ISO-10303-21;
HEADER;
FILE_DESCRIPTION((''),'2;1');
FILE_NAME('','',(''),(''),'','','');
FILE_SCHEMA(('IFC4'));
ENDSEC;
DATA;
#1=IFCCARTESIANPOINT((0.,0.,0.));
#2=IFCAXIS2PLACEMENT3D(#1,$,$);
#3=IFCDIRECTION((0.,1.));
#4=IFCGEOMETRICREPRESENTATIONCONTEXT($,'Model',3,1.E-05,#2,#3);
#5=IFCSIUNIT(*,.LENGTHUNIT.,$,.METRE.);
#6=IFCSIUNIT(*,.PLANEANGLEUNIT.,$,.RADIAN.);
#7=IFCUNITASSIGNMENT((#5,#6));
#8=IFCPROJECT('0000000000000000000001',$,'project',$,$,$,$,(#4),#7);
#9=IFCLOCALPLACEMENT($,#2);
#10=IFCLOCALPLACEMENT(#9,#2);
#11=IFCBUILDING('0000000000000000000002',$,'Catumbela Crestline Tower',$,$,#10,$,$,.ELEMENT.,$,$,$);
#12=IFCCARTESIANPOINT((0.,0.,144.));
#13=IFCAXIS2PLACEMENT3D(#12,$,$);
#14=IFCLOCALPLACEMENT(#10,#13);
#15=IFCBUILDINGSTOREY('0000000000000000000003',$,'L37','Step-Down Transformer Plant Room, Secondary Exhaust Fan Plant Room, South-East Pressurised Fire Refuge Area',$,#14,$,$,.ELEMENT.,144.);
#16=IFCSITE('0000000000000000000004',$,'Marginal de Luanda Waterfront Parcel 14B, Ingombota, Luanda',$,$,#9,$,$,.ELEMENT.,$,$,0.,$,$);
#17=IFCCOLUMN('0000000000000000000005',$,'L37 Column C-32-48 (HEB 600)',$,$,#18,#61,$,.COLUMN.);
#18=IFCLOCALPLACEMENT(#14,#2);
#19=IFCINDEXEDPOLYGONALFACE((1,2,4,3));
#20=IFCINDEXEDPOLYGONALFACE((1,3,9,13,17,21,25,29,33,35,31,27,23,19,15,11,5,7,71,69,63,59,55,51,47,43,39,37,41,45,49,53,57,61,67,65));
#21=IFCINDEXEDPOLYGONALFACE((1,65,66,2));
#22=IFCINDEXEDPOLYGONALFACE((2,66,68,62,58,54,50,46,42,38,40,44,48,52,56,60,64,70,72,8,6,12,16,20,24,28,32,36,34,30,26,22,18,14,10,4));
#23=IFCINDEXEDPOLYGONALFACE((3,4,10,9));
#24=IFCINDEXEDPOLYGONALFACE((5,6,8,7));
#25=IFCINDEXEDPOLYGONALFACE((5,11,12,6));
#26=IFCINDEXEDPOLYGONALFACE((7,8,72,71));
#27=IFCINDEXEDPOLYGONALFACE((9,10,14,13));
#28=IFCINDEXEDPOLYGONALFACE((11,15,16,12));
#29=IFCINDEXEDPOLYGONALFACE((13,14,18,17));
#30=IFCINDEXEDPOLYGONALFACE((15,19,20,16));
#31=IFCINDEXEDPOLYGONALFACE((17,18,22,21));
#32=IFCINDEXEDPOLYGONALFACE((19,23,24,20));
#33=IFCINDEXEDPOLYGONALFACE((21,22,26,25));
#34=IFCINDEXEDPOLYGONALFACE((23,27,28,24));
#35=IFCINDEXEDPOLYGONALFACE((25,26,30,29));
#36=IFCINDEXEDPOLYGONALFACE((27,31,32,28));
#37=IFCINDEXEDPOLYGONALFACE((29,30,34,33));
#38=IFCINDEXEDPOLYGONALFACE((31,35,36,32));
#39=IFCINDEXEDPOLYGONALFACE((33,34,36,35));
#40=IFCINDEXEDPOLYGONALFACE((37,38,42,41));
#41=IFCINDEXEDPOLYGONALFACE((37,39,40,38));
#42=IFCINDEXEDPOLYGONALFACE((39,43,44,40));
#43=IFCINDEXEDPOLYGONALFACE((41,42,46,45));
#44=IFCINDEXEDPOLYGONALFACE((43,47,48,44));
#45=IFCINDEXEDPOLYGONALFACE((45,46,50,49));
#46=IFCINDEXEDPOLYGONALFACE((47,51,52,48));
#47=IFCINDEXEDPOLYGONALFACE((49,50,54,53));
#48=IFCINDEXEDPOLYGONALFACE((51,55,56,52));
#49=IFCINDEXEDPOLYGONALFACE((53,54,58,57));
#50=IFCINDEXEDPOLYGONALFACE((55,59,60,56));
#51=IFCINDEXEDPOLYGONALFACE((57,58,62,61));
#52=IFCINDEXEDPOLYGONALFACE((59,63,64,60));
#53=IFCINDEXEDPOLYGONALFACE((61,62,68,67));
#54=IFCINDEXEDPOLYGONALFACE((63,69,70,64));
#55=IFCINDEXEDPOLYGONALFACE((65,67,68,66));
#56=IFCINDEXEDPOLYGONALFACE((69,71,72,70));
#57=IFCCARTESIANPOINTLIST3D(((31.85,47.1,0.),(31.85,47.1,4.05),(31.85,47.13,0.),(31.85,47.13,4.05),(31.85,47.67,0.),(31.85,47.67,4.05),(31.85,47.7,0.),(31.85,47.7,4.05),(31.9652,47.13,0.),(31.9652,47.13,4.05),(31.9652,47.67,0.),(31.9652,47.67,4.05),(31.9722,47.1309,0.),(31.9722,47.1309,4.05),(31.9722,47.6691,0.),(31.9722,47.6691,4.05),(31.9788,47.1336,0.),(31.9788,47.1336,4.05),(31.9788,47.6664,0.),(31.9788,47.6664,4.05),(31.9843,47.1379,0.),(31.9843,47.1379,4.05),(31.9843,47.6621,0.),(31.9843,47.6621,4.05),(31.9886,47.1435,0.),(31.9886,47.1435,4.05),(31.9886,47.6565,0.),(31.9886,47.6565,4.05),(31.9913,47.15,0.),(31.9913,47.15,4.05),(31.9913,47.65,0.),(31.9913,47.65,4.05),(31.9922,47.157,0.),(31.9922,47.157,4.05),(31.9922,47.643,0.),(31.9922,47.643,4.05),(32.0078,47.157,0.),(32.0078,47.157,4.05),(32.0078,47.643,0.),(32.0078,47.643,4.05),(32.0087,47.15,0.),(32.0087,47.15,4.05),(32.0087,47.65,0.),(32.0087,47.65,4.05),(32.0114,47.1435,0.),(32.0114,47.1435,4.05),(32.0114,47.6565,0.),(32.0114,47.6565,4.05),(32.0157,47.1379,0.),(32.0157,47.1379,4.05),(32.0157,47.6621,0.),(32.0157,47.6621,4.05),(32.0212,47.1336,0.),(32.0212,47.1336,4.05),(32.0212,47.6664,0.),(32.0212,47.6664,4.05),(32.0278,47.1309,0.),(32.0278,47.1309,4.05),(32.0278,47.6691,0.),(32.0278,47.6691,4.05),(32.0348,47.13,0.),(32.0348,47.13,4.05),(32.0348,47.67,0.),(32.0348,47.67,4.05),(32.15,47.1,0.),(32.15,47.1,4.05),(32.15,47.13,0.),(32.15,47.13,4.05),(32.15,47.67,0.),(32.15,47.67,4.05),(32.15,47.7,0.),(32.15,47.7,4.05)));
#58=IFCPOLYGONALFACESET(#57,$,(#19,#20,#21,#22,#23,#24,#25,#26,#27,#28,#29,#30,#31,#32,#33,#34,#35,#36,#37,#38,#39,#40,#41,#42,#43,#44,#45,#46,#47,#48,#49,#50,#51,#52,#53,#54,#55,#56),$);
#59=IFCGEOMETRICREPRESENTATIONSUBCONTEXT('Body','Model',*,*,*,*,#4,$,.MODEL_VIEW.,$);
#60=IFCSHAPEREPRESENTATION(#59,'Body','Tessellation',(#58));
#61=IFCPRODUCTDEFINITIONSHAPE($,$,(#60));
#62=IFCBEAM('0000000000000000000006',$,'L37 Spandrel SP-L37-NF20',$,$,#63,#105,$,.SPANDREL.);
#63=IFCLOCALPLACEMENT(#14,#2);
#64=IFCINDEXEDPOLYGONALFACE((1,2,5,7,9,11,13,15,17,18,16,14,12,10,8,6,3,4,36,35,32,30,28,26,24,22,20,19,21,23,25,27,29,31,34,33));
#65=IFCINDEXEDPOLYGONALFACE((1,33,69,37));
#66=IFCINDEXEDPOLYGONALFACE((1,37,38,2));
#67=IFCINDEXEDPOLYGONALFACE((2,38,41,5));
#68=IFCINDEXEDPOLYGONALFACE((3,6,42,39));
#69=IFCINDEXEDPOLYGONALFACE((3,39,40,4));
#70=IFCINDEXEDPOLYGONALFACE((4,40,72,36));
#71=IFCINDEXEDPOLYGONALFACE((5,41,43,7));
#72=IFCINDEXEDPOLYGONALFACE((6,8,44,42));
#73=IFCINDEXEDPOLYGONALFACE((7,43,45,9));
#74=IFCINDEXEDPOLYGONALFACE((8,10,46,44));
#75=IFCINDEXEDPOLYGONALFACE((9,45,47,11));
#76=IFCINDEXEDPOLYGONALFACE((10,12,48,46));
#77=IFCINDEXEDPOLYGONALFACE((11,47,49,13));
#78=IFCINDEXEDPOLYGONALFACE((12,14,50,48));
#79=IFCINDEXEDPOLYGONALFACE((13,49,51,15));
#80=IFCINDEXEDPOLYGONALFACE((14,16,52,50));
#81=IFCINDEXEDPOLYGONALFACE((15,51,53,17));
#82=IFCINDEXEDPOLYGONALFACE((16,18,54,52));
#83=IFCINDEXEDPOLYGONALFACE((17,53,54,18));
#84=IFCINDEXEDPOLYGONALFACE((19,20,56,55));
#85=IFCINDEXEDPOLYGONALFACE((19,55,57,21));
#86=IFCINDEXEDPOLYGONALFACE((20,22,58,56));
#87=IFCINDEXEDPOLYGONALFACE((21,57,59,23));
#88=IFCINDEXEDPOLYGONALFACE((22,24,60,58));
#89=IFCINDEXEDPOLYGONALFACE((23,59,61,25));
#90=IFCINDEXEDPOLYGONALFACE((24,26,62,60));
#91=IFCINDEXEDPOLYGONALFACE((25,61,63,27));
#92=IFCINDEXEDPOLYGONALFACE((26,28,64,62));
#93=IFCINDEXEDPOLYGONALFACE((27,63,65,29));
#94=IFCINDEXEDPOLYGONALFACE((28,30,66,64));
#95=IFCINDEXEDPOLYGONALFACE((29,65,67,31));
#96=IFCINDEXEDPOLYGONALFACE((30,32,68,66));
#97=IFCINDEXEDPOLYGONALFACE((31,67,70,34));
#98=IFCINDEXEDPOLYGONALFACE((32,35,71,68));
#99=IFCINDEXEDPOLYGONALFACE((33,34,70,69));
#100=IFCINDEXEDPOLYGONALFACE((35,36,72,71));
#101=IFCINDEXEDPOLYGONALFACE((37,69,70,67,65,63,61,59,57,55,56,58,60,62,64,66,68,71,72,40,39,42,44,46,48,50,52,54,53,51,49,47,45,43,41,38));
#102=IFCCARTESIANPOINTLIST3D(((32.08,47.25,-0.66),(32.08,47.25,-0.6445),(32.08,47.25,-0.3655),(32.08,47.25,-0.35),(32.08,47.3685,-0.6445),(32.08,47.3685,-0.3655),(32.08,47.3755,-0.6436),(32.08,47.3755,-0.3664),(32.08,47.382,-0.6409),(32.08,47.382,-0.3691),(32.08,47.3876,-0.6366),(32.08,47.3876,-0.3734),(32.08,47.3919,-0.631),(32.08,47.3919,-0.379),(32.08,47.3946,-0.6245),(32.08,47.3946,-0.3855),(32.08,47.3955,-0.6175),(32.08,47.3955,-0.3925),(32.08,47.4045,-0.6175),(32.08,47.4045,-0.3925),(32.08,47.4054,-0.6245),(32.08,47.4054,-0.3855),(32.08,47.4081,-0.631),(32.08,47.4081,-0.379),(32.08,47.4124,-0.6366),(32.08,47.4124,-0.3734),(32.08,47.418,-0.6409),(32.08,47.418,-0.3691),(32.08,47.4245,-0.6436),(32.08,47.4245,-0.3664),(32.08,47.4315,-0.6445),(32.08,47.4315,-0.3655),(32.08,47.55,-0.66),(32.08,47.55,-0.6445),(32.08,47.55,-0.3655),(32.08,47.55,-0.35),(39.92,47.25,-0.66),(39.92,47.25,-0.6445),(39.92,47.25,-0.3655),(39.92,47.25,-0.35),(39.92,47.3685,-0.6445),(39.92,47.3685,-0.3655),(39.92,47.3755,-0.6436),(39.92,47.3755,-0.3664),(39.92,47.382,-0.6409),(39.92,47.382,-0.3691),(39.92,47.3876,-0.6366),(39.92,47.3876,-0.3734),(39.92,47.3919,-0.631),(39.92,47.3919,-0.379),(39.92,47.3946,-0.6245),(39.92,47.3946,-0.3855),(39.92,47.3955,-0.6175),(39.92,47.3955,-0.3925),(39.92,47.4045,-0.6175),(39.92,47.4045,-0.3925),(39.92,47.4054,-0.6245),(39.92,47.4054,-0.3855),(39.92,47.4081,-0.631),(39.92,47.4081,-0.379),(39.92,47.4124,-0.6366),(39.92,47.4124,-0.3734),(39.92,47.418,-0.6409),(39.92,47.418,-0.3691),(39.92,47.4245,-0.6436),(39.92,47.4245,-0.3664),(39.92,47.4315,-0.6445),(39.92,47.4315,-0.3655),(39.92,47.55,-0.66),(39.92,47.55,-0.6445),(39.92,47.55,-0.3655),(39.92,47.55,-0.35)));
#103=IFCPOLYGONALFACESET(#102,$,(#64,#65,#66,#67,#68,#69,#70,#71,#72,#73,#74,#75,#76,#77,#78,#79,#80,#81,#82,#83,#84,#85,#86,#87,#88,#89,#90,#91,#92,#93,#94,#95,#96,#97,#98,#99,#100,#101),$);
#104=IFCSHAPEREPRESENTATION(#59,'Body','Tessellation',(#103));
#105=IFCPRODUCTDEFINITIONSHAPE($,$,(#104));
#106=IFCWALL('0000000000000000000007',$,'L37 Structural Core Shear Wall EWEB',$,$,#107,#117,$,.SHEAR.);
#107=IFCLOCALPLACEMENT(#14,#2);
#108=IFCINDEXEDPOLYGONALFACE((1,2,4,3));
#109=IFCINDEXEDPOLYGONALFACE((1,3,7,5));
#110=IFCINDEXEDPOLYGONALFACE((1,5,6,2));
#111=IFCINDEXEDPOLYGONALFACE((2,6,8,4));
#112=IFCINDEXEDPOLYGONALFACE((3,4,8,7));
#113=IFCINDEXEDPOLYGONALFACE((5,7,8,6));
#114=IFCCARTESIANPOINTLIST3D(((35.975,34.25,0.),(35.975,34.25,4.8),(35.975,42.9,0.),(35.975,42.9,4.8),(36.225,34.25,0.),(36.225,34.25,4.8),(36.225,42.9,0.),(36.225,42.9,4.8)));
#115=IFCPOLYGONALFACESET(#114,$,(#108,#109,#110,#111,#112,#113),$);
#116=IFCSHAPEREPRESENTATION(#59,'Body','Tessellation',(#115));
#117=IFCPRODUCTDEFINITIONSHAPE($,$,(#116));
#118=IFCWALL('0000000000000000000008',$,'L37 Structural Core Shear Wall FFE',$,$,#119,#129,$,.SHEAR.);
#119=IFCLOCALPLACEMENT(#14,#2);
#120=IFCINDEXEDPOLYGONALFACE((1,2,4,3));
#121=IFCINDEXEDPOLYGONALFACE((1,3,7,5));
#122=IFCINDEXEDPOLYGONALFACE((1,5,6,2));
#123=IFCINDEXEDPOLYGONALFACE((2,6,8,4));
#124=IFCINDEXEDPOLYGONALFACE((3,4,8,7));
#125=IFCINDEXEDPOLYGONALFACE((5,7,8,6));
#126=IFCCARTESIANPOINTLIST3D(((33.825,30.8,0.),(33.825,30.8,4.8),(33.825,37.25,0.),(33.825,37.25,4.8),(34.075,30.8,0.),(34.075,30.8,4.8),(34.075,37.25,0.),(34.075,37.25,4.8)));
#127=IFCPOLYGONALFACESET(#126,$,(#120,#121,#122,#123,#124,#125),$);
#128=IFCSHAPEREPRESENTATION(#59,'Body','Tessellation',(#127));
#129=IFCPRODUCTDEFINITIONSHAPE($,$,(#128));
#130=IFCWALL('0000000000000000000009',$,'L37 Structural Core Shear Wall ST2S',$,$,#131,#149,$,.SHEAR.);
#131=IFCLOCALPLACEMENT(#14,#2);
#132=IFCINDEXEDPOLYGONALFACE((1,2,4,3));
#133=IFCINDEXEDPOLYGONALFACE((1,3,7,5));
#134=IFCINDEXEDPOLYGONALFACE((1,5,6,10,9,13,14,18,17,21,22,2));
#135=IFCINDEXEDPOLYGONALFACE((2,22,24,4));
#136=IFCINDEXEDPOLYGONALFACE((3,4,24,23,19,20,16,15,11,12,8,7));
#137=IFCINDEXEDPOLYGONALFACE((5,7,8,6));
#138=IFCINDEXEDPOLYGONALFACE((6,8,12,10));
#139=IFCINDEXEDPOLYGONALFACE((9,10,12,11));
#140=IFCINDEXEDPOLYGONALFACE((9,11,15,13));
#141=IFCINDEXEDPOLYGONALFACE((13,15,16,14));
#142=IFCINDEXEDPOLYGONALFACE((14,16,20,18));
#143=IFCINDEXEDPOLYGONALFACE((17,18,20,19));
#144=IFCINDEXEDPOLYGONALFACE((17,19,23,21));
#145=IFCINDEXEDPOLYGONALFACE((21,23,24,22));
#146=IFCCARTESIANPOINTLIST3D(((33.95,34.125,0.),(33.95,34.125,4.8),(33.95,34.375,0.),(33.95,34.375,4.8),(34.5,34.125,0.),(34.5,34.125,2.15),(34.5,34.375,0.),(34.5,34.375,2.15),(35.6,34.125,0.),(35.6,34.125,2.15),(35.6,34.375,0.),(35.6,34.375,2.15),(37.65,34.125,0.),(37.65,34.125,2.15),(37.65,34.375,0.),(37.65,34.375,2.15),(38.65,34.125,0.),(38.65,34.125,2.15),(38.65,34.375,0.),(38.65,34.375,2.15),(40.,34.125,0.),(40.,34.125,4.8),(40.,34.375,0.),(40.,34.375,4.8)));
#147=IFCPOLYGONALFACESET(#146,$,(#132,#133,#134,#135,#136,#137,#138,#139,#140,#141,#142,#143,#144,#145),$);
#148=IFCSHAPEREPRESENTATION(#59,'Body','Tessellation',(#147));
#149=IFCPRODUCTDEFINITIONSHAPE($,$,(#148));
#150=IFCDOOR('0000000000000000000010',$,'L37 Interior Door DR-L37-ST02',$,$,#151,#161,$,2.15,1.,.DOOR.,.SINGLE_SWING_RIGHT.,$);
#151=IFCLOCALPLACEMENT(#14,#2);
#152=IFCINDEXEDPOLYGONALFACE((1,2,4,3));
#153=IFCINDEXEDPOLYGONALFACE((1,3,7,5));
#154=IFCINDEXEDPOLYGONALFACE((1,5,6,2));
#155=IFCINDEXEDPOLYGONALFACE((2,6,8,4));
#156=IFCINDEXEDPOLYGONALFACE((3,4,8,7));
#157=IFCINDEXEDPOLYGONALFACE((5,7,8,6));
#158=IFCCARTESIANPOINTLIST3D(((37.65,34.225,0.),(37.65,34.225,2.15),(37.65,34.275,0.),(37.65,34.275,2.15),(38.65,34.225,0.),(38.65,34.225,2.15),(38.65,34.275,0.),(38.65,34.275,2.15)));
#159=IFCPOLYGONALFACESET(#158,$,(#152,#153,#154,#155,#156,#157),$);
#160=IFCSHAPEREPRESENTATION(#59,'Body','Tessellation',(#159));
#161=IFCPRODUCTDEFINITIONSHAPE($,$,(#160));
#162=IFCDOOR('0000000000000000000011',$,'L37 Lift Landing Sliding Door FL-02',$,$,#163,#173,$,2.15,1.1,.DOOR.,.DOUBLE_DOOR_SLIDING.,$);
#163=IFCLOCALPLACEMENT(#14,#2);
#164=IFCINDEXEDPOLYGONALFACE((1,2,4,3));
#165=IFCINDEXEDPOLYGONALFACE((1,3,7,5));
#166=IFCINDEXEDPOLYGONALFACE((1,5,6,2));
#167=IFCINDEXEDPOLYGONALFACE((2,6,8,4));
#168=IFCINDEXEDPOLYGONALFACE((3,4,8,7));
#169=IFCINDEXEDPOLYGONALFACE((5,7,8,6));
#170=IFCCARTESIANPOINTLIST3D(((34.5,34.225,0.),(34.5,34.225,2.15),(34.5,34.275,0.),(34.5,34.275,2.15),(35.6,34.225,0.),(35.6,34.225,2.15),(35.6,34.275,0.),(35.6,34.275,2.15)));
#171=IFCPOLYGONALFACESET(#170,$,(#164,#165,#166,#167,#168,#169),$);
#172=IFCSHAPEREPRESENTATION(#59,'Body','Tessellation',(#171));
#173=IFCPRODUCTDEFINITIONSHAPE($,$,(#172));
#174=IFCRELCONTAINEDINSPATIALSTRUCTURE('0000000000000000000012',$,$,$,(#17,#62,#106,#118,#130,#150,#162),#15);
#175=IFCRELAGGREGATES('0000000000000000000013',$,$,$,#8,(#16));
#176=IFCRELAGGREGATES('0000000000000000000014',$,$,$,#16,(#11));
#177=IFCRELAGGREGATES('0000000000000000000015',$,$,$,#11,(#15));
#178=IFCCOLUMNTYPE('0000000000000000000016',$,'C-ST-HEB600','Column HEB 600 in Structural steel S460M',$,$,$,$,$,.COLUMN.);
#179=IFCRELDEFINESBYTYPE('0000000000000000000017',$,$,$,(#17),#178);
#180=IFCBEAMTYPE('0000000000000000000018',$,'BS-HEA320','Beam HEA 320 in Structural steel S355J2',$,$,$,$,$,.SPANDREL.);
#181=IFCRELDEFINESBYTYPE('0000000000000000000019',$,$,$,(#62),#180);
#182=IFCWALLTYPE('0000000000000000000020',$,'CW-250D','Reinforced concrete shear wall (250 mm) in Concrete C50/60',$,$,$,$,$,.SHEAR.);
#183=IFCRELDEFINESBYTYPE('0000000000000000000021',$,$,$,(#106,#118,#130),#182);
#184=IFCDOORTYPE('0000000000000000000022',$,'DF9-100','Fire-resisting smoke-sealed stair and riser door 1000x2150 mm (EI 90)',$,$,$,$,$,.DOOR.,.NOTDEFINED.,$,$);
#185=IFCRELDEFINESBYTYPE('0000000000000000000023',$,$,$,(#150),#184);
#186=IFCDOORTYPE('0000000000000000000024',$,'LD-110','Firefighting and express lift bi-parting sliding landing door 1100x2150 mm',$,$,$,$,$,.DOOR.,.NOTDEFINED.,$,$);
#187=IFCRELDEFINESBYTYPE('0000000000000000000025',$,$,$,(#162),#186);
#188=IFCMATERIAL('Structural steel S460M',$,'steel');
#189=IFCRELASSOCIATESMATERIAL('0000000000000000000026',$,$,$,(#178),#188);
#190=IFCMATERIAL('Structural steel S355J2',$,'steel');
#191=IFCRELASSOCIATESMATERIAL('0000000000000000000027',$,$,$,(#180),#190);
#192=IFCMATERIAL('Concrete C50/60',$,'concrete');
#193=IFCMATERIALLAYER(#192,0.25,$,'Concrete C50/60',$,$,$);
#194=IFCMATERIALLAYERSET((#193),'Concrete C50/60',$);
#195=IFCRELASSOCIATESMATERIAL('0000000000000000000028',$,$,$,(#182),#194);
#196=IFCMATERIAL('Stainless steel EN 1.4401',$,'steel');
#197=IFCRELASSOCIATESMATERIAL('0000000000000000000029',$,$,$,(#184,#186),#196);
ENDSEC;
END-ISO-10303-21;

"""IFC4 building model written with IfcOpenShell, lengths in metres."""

from ifc_helpers import new_model, si_unit, direction, frame, frame_2d, origin, origin_2d, place, context, subcontext, project, spatial, rectangle, i_section, extrude, material, layer, layer_set, material_profile, profile_set, type_object, element, fill, save


model = new_model("IFC4")

# Units and contexts
model_context = context("Model", 3, precision=1e-05, world=origin(), true_north=direction((0.0, 1.0)))
body_context = subcontext(model_context, "Body", "Model", "MODEL_VIEW")
ifc_project = project(units=[si_unit("LENGTHUNIT", "METRE"), si_unit("PLANEANGLEUNIT", "RADIAN")], contexts=[model_context])

# Site, building, storey
site_placement = place(None, origin())
site = spatial("IfcSite", under=ifc_project, at=site_placement, Name="Marginal de Luanda Waterfront Parcel 14B, Ingombota, Luanda", CompositionType="ELEMENT", RefElevation=0.0)
building_placement = place(site_placement, origin())
building = spatial("IfcBuilding", under=site, at=building_placement, Name="Catumbela Crestline Tower", CompositionType="ELEMENT")
storey_placement = place(building_placement, frame((0.0, 0.0, 144.0)))
storey = spatial("IfcBuildingStorey", under=building, at=storey_placement, Name="L37", Description="Step-Down Transformer Plant Room, Secondary Exhaust Fan Plant Room, South-East Pressurised Fire Refuge Area", CompositionType="ELEMENT", Elevation=144.0)

# Column
ifc_material_1 = material(Name="Structural steel S460M", Category="steel")
ifc_material_profile_1 = material_profile(ifc_material_1, i_section(OverallWidth=0.3, OverallDepth=0.6, WebThickness=0.0155, FlangeThickness=0.03, FilletRadius=0.027, at=origin_2d()), Name="HEB 600")
ifc_profile_set_1 = profile_set([ifc_material_profile_1], Name="Structural steel S460M")
column_type = type_object("IfcColumnType", Name="C-ST-HEB600", Description="Column HEB 600 in Structural steel S460M", PredefinedType="COLUMN", material=ifc_profile_set_1)
column_placement = place(storey_placement, frame((32.0, 47.4, 0.0), z_axis=(0.0, 0.0, 1.0), x_axis=(1.0, 0.0, 0.0)))
element("IfcColumn", 1, at=column_placement, inside=storey, type_object=column_type, Name="L37 Column C-32-48 (HEB 600)", PredefinedType="COLUMN", context=body_context, shape_type="SweptSolid", body=[
    extrude(i_section(OverallWidth=0.3, OverallDepth=0.6, WebThickness=0.0155, FlangeThickness=0.03, FilletRadius=0.027, at=origin_2d()), origin(), (0.0, 0.0, 1.0), 4.05),
])

# Beam
ifc_material_2 = material(Name="Structural steel S355J2", Category="steel")
ifc_material_profile_2 = material_profile(ifc_material_2, i_section(OverallWidth=0.3, OverallDepth=0.31, WebThickness=0.009, FlangeThickness=0.0155, FilletRadius=0.027, at=origin_2d()), Name="HEA 320")
ifc_profile_set_2 = profile_set([ifc_material_profile_2], Name="Structural steel S355J2")
beam_type = type_object("IfcBeamType", Name="BS-HEA320", Description="Beam HEA 320 in Structural steel S355J2", PredefinedType="SPANDREL", material=ifc_profile_set_2)
beam_placement = place(storey_placement, frame((32.08, 47.4, -0.505), z_axis=(1.0, 0.0, 0.0), x_axis=(0.0, 1.0, 0.0)))
element("IfcBeam", 2, at=beam_placement, inside=storey, type_object=beam_type, Name="L37 Spandrel SP-L37-NF20", PredefinedType="SPANDREL", context=body_context, shape_type="SweptSolid", body=[
    extrude(i_section(OverallWidth=0.3, OverallDepth=0.31, WebThickness=0.009, FlangeThickness=0.0155, FilletRadius=0.027, at=origin_2d()), origin(), (0.0, 0.0, 1.0), 7.84),
])

# Walls
ifc_material_3 = material(Name="Concrete C50/60", Category="concrete")
ifc_layer_1 = layer(ifc_material_3, 0.25, Name="Concrete C50/60")
ifc_layer_set_1 = layer_set([ifc_layer_1], Name="Concrete C50/60")
wall_type_1 = type_object("IfcWallType", Name="CW-250D", Description="Reinforced concrete shear wall (250 mm) in Concrete C50/60", PredefinedType="SHEAR", material=ifc_layer_set_1)
wall_1_placement = place(storey_placement, frame((36.1, 34.25, 0.0), z_axis=(0.0, 0.0, 1.0), x_axis=(0.0, 1.0, 0.0)))
element("IfcWall", 3, at=wall_1_placement, inside=storey, type_object=wall_type_1, Name="L37 Structural Core Shear Wall EWEB", PredefinedType="SHEAR", context=body_context, shape_type="SweptSolid", body=[
    extrude(rectangle(XDim=8.65, YDim=0.25, at=frame_2d((4.325, 0.0))), origin(), (0.0, 0.0, 1.0), 4.8),
])
wall_2_placement = place(storey_placement, frame((33.95, 30.8, 0.0), z_axis=(0.0, 0.0, 1.0), x_axis=(0.0, 1.0, 0.0)))
element("IfcWall", 4, at=wall_2_placement, inside=storey, type_object=wall_type_1, Name="L37 Structural Core Shear Wall FFE", PredefinedType="SHEAR", context=body_context, shape_type="SweptSolid", body=[
    extrude(rectangle(XDim=6.45, YDim=0.25, at=frame_2d((3.225, 0.0))), origin(), (0.0, 0.0, 1.0), 4.8),
])

# Wall, openings, doors
wall_3_placement = place(storey_placement, frame((33.95, 34.25, 0.0), z_axis=(0.0, 0.0, 1.0), x_axis=(1.0, 0.0, 0.0)))
wall_3 = element("IfcWall", 5, at=wall_3_placement, inside=storey, type_object=wall_type_1, Name="L37 Structural Core Shear Wall ST2S", PredefinedType="SHEAR", context=body_context, shape_type="SweptSolid", body=[
    extrude(rectangle(XDim=6.05, YDim=0.25, at=frame_2d((3.025, 0.0))), origin(), (0.0, 0.0, 1.0), 4.8),
])
opening_1_placement = place(wall_3_placement, frame((3.7, 0.0, 0.0)))
opening_1 = element("IfcOpeningElement", 6, at=opening_1_placement, cuts=wall_3, PredefinedType="OPENING", context=body_context, shape_type="SweptSolid", body=[
    extrude(rectangle(XDim=1.0, YDim=2.15, at=frame_2d((0.5, 1.075))), frame((0.0, 0.135, 0.0), z_axis=(0.0, -1.0, 0.0), x_axis=(1.0, 0.0, 0.0)), (0.0, 0.0, 1.0), 0.27),
])
opening_2_placement = place(wall_3_placement, frame((0.55, 0.0, 0.0)))
opening_2 = element("IfcOpeningElement", 7, at=opening_2_placement, cuts=wall_3, PredefinedType="OPENING", context=body_context, shape_type="SweptSolid", body=[
    extrude(rectangle(XDim=1.1, YDim=2.15, at=frame_2d((0.55, 1.075))), frame((0.0, 0.135, 0.0), z_axis=(0.0, -1.0, 0.0), x_axis=(1.0, 0.0, 0.0)), (0.0, 0.0, 1.0), 0.27),
])
ifc_material_4 = material(Name="Stainless steel EN 1.4401", Category="steel")
door_type_1 = type_object("IfcDoorType", Name="DF9-100", Description="Fire-resisting smoke-sealed stair and riser door 1000x2150 mm (EI 90)", OperationType="NOTDEFINED", PredefinedType="DOOR", material=ifc_material_4)
door_1_placement = place(opening_1_placement, origin())
door_1 = element("IfcDoor", 8, at=door_1_placement, inside=storey, type_object=door_type_1, Name="L37 Interior Door DR-L37-ST02", OperationType="SINGLE_SWING_RIGHT", OverallHeight=2.15, OverallWidth=1.0, PredefinedType="DOOR", context=body_context, shape_type="SweptSolid", body=[
    extrude(rectangle(XDim=1.0, YDim=2.15, at=frame_2d((0.5, 1.075))), frame((0.0, 0.025, 0.0), z_axis=(0.0, -1.0, 0.0), x_axis=(1.0, 0.0, 0.0)), (0.0, 0.0, 1.0), 0.05),
])
fill(opening_1, door_1)
door_type_2 = type_object("IfcDoorType", Name="LD-110", Description="Firefighting and express lift bi-parting sliding landing door 1100x2150 mm", OperationType="NOTDEFINED", PredefinedType="DOOR", material=ifc_material_4)
door_2_placement = place(opening_2_placement, origin())
door_2 = element("IfcDoor", 9, at=door_2_placement, inside=storey, type_object=door_type_2, Name="L37 Lift Landing Sliding Door FL-02", OperationType="DOUBLE_DOOR_SLIDING", OverallHeight=2.15, OverallWidth=1.1, PredefinedType="DOOR", context=body_context, shape_type="SweptSolid", body=[
    extrude(rectangle(XDim=1.1, YDim=2.15, at=frame_2d((0.55, 1.075))), frame((0.0, 0.025, 0.0), z_axis=(0.0, -1.0, 0.0), x_axis=(1.0, 0.0, 0.0)), (0.0, 0.0, 1.0), 0.05),
])
fill(opening_2, door_2)

save(model, "model.ifc")
